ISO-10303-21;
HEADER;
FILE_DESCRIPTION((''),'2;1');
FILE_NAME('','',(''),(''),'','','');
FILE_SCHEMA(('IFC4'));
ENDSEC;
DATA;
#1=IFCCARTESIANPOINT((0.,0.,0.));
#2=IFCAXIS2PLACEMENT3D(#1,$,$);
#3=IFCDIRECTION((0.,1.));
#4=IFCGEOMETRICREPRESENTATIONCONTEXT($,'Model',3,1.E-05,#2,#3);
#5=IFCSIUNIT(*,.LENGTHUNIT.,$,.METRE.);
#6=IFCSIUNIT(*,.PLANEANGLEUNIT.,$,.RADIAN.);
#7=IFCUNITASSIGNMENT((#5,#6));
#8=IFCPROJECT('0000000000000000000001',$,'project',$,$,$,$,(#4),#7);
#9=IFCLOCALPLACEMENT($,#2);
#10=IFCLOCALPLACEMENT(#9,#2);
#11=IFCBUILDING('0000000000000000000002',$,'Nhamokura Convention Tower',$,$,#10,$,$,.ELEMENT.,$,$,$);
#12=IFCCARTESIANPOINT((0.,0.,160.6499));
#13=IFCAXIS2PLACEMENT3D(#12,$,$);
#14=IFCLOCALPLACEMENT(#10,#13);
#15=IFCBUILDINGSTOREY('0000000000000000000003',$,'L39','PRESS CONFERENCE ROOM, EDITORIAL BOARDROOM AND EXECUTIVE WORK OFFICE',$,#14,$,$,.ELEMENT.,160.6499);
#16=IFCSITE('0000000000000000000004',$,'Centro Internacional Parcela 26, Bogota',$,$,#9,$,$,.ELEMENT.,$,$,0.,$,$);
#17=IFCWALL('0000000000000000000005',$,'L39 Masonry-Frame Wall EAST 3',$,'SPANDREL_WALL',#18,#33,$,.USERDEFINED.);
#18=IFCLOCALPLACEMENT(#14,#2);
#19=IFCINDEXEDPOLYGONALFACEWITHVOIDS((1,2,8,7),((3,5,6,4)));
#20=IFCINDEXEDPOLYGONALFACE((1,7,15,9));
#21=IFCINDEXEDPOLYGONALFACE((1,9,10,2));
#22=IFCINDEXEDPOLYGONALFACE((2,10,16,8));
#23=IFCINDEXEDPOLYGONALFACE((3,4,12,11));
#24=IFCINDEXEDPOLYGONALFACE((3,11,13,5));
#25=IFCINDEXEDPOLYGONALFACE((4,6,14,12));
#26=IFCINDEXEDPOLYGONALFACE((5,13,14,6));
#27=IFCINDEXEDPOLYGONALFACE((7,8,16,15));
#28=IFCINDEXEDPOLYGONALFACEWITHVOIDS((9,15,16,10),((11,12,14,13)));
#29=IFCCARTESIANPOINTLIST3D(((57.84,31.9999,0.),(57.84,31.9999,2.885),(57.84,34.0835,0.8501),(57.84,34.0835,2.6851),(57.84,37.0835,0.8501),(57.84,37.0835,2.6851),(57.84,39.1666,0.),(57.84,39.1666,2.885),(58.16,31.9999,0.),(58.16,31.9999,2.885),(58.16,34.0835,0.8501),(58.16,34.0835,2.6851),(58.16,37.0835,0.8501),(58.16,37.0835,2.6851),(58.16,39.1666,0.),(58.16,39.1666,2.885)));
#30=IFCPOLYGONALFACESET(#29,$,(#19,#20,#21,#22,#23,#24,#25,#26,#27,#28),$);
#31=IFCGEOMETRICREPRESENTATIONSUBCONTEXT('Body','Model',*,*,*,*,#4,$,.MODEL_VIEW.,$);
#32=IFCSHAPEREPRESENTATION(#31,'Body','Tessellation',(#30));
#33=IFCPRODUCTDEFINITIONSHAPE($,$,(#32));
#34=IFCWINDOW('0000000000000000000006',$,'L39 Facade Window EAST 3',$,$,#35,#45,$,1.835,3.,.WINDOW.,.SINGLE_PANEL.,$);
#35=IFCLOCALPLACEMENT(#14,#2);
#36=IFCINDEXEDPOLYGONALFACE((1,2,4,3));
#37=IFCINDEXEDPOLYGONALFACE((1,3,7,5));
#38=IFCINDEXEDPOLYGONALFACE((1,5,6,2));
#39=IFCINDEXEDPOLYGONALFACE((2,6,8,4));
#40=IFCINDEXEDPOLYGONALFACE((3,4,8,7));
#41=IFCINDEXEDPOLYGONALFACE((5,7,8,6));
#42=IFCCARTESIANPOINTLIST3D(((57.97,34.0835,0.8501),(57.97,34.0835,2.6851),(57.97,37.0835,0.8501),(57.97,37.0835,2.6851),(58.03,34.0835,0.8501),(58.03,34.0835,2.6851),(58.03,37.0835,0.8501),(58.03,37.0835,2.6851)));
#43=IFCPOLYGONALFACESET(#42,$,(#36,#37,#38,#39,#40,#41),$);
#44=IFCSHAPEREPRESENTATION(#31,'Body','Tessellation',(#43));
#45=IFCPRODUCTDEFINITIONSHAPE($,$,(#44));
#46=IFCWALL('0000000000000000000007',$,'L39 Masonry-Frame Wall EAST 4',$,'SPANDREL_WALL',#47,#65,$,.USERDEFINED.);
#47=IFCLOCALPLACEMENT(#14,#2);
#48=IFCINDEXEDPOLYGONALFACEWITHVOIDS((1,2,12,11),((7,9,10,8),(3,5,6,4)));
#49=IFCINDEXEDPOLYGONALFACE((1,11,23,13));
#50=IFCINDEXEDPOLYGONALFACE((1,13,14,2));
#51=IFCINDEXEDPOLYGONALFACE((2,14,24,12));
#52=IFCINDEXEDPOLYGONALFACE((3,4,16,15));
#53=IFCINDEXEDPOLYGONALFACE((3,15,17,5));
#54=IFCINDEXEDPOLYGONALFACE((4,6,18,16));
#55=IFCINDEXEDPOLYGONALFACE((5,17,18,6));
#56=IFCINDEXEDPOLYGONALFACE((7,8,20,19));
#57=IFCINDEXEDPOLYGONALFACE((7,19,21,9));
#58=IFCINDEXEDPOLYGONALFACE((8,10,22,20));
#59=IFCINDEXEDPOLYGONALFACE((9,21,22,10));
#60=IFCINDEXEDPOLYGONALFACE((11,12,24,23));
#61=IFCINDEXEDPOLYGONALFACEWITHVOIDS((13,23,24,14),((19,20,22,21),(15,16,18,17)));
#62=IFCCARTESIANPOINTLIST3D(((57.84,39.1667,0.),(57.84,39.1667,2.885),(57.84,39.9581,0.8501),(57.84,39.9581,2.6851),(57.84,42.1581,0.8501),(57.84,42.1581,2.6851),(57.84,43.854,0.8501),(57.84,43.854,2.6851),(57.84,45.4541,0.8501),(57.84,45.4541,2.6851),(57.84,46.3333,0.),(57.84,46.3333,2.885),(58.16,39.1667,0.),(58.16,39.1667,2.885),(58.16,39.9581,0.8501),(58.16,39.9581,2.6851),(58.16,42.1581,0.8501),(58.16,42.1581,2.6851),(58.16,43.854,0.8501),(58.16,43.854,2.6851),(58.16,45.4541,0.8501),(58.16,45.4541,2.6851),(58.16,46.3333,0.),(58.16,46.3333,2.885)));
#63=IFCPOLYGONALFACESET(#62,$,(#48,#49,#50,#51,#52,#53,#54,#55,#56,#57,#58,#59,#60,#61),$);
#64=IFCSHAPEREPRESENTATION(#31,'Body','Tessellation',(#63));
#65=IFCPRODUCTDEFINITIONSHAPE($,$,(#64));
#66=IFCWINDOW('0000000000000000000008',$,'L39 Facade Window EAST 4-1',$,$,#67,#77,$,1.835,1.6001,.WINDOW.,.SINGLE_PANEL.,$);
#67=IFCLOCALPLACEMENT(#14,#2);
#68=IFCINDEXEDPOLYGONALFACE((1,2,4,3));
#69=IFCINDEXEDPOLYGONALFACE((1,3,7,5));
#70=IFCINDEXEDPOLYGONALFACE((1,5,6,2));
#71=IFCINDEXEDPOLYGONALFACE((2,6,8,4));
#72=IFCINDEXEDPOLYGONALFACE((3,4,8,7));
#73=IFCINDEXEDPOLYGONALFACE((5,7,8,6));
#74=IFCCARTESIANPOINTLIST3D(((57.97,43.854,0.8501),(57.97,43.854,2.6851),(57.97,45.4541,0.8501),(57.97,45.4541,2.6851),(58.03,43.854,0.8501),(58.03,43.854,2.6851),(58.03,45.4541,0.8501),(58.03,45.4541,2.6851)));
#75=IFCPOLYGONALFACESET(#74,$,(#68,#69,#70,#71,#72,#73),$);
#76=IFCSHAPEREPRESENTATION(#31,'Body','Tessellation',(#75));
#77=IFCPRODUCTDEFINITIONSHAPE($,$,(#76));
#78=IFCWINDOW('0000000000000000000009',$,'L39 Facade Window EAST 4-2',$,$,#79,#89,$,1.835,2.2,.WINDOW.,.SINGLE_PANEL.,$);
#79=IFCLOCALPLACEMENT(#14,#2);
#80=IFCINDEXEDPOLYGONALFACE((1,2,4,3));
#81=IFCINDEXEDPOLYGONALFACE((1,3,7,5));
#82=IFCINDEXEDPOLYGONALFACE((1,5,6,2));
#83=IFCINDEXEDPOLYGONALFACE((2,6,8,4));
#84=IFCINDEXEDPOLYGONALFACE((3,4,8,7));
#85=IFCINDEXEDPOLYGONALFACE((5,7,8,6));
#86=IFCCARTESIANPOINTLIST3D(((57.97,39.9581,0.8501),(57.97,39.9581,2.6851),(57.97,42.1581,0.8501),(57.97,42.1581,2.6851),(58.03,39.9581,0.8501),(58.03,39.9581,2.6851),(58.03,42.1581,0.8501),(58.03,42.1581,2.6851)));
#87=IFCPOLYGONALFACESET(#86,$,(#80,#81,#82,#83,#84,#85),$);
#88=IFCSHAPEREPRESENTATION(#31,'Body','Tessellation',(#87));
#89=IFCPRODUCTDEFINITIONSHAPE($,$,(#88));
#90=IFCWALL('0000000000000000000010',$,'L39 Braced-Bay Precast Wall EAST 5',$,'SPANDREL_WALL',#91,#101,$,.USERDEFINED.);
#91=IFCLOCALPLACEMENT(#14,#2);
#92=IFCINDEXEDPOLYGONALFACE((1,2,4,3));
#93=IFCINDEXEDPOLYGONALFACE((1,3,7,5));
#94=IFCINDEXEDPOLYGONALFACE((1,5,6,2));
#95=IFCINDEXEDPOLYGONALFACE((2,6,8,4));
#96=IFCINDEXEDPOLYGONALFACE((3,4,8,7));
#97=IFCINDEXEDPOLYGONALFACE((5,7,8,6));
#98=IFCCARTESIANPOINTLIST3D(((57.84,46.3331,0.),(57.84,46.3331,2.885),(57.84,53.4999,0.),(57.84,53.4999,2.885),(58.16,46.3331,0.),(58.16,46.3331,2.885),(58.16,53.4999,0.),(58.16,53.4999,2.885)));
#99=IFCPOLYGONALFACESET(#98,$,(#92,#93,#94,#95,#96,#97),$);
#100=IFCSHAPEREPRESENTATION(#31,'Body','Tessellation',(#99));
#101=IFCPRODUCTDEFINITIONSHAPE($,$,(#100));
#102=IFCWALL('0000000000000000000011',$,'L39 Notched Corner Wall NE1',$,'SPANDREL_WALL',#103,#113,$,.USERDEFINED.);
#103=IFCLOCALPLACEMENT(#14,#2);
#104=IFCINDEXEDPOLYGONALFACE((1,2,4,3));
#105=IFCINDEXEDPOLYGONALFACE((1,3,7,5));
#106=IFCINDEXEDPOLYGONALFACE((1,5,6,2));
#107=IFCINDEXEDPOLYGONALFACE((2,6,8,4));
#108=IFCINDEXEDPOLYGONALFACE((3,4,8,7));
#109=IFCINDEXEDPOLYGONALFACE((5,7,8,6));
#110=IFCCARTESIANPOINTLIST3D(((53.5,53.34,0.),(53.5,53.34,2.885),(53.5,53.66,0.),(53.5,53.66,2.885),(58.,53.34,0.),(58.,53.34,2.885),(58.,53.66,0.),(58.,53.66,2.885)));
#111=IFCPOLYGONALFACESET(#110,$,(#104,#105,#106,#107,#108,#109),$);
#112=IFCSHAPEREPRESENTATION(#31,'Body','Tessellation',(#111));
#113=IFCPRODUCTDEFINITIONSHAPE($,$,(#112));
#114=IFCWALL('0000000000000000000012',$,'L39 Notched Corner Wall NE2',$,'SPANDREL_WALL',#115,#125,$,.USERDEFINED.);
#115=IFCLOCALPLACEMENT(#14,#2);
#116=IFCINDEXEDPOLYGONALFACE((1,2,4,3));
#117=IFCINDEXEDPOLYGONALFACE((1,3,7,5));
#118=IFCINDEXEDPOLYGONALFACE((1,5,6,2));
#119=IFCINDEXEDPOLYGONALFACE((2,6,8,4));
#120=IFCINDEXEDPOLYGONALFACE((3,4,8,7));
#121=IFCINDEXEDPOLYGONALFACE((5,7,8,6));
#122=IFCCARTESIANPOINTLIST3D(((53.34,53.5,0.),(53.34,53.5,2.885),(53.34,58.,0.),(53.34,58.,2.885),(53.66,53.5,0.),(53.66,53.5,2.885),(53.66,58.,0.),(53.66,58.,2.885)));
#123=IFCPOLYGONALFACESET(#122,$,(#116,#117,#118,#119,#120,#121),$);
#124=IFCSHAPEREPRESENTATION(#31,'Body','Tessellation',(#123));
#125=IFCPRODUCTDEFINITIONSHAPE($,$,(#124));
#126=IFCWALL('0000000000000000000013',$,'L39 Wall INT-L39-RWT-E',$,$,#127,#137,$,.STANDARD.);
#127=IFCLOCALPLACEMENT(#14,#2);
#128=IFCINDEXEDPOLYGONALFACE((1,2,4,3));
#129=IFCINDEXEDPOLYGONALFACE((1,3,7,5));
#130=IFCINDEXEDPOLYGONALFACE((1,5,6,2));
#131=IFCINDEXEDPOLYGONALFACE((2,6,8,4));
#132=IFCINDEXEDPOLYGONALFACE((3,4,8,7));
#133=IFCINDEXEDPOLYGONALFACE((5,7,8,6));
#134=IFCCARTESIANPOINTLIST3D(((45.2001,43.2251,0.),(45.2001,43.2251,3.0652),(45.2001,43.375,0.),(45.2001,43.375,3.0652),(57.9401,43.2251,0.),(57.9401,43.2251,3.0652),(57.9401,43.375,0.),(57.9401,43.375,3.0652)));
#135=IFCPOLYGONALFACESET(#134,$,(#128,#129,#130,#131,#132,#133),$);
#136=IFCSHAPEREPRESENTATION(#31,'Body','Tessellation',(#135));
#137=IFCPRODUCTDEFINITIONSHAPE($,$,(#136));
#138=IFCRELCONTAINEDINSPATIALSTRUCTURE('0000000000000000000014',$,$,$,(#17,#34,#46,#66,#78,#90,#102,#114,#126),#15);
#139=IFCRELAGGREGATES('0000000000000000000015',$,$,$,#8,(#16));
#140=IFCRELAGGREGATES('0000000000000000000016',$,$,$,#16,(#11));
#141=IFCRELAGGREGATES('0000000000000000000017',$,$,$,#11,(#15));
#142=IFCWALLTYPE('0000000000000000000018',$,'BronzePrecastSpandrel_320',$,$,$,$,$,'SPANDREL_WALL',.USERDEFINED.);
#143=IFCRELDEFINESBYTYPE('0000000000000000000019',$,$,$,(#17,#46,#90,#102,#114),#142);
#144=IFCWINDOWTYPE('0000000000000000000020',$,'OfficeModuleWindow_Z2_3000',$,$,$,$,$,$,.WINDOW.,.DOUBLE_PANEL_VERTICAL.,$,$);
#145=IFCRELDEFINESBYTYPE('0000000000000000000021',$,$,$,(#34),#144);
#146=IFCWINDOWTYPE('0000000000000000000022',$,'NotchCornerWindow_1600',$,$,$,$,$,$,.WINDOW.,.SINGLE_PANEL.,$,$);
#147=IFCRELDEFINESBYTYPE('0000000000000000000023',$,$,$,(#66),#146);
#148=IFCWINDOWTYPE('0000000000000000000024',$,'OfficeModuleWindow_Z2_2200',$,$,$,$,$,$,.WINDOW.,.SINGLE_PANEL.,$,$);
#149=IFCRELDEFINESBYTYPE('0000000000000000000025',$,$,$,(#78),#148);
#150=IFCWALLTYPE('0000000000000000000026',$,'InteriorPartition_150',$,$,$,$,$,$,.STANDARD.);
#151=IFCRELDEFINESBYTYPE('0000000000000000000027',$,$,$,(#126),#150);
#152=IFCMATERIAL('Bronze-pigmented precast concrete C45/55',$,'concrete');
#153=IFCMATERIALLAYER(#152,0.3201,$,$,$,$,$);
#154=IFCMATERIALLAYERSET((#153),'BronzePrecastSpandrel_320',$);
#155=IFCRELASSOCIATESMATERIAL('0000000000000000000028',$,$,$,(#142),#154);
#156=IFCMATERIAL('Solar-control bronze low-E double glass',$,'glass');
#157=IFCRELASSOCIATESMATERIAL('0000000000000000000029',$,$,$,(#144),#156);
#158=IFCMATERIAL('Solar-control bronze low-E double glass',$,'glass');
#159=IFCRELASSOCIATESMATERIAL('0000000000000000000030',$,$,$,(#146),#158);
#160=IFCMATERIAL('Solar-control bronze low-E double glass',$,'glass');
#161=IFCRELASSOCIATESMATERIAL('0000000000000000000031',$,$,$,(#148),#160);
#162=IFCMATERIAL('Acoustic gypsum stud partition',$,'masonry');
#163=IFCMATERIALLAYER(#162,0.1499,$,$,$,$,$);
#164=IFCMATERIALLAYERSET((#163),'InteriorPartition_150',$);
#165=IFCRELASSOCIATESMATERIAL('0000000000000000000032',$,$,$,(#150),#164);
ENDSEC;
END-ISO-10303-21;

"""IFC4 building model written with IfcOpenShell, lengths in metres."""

from ifc_helpers import new_model, si_unit, direction, frame, frame_2d, origin, place, context, subcontext, project, spatial, rectangle, extrude, material, layer, layer_set, type_object, element, fill, save


model = new_model("IFC4")

# Units and contexts
model_context = context("Model", 3, precision=1e-05, world=origin(), true_north=direction((0.0, 1.0)))
body_context = subcontext(model_context, "Body", "Model", "MODEL_VIEW")
ifc_project = project(units=[si_unit("LENGTHUNIT", "METRE"), si_unit("PLANEANGLEUNIT", "RADIAN")], contexts=[model_context])

# Site, building, storey
site_placement = place(None, origin())
site = spatial("IfcSite", under=ifc_project, at=site_placement, Name="Centro Internacional Parcela 26, Bogota", CompositionType="ELEMENT", RefElevation=0.0)
building_placement = place(site_placement, origin())
building = spatial("IfcBuilding", under=site, at=building_placement, Name="Nhamokura Convention Tower", CompositionType="ELEMENT")
storey_placement = place(building_placement, frame((0.0, 0.0, 160.6499)))
storey = spatial("IfcBuildingStorey", under=building, at=storey_placement, Name="L39", Description="PRESS CONFERENCE ROOM, EDITORIAL BOARDROOM AND EXECUTIVE WORK OFFICE", CompositionType="ELEMENT", Elevation=160.6499)

# Shared definitions
ifc_material_1 = material(Name="Bronze-pigmented precast concrete C45/55", Category="concrete")
ifc_layer_1 = layer(ifc_material_1, 0.3201)
ifc_layer_set_1 = layer_set([ifc_layer_1], Name="BronzePrecastSpandrel_320")
wall_type_1 = type_object("IfcWallType", Name="BronzePrecastSpandrel_320", ElementType="SPANDREL_WALL", PredefinedType="USERDEFINED", material=ifc_layer_set_1)

# Wall, opening, window
ifc_material_2 = material(Name="Solar-control bronze low-E double glass", Category="glass")
window_type_1 = type_object("IfcWindowType", Name="OfficeModuleWindow_Z2_3000", PartitioningType="DOUBLE_PANEL_VERTICAL", PredefinedType="WINDOW", material=ifc_material_2)
wall_1_placement = place(storey_placement, frame((58.0, 39.1667, 0.0), z_axis=(0.0, 0.0, 1.0), x_axis=(0.0, -1.0, 0.0)))
wall_1 = element("IfcWall", 1, at=wall_1_placement, inside=storey, type_object=wall_type_1, Name="L39 Masonry-Frame Wall EAST 3", ObjectType="SPANDREL_WALL", PredefinedType="USERDEFINED", context=body_context, shape_type="SweptSolid", body=[
    extrude(rectangle(XDim=7.1667, YDim=0.3201, at=frame_2d((3.5835, 0.0))), origin(), (0.0, 0.0, 1.0), 2.885),
])
opening_1_placement = place(wall_1_placement, frame((2.0833, 0.0, 0.8501)))
opening_1 = element("IfcOpeningElement", 2, at=opening_1_placement, cuts=wall_1, PredefinedType="OPENING", context=body_context, shape_type="SweptSolid", body=[
    extrude(rectangle(XDim=3.0, YDim=1.835, at=frame_2d((1.5, 0.9175))), frame((0.0, 0.1699, 0.0), z_axis=(0.0, -1.0, 0.0), x_axis=(1.0, 0.0, 0.0)), (0.0, 0.0, 1.0), 0.3401),
])
window_1_placement = place(opening_1_placement, origin())
window_1 = element("IfcWindow", 3, at=window_1_placement, inside=storey, type_object=window_type_1, Name="L39 Facade Window EAST 3", OverallHeight=1.835, OverallWidth=3.0, PartitioningType="SINGLE_PANEL", PredefinedType="WINDOW", context=body_context, shape_type="SweptSolid", body=[
    extrude(rectangle(XDim=3.0, YDim=1.835, at=frame_2d((1.5, 0.9175))), frame((0.0, 0.03, 0.0), z_axis=(0.0, -1.0, 0.0), x_axis=(1.0, 0.0, 0.0)), (0.0, 0.0, 1.0), 0.0601),
])
fill(opening_1, window_1)

# Wall, openings, windows
wall_2_placement = place(storey_placement, frame((58.0, 46.3333, 0.0), z_axis=(0.0, 0.0, 1.0), x_axis=(0.0, -1.0, 0.0)))
wall_2 = element("IfcWall", 4, at=wall_2_placement, inside=storey, type_object=wall_type_1, Name="L39 Masonry-Frame Wall EAST 4", ObjectType="SPANDREL_WALL", PredefinedType="USERDEFINED", context=body_context, shape_type="SweptSolid", body=[
    extrude(rectangle(XDim=7.1665, YDim=0.3201, at=frame_2d((3.5833, 0.0))), origin(), (0.0, 0.0, 1.0), 2.885),
])
opening_2_placement = place(wall_2_placement, frame((0.8792, 0.0, 0.8501)))
opening_2 = element("IfcOpeningElement", 5, at=opening_2_placement, cuts=wall_2, PredefinedType="OPENING", context=body_context, shape_type="SweptSolid", body=[
    extrude(rectangle(XDim=1.6001, YDim=1.835, at=frame_2d((0.8, 0.9175))), frame((0.0, 0.1699, 0.0), z_axis=(0.0, -1.0, 0.0), x_axis=(1.0, 0.0, 0.0)), (0.0, 0.0, 1.0), 0.3401),
])
opening_3_placement = place(wall_2_placement, frame((4.175, 0.0, 0.8501)))
opening_3 = element("IfcOpeningElement", 6, at=opening_3_placement, cuts=wall_2, PredefinedType="OPENING", context=body_context, shape_type="SweptSolid", body=[
    extrude(rectangle(XDim=2.2, YDim=1.835, at=frame_2d((1.1001, 0.9175))), frame((0.0, 0.1699, 0.0), z_axis=(0.0, -1.0, 0.0), x_axis=(1.0, 0.0, 0.0)), (0.0, 0.0, 1.0), 0.3401),
])
ifc_material_3 = material(Name="Solar-control bronze low-E double glass", Category="glass")
window_type_2 = type_object("IfcWindowType", Name="NotchCornerWindow_1600", PartitioningType="SINGLE_PANEL", PredefinedType="WINDOW", material=ifc_material_3)
window_2_placement = place(opening_2_placement, origin())
window_2 = element("IfcWindow", 7, at=window_2_placement, inside=storey, type_object=window_type_2, Name="L39 Facade Window EAST 4-1", OverallHeight=1.835, OverallWidth=1.6001, PartitioningType="SINGLE_PANEL", PredefinedType="WINDOW", context=body_context, shape_type="SweptSolid", body=[
    extrude(rectangle(XDim=1.6001, YDim=1.835, at=frame_2d((0.8, 0.9175))), frame((0.0, 0.03, 0.0), z_axis=(0.0, -1.0, 0.0), x_axis=(1.0, 0.0, 0.0)), (0.0, 0.0, 1.0), 0.0601),
])
fill(opening_2, window_2)
ifc_material_4 = material(Name="Solar-control bronze low-E double glass", Category="glass")
window_type_3 = type_object("IfcWindowType", Name="OfficeModuleWindow_Z2_2200", PartitioningType="SINGLE_PANEL", PredefinedType="WINDOW", material=ifc_material_4)
window_3_placement = place(opening_3_placement, origin())
window_3 = element("IfcWindow", 8, at=window_3_placement, inside=storey, type_object=window_type_3, Name="L39 Facade Window EAST 4-2", OverallHeight=1.835, OverallWidth=2.2, PartitioningType="SINGLE_PANEL", PredefinedType="WINDOW", context=body_context, shape_type="SweptSolid", body=[
    extrude(rectangle(XDim=2.2, YDim=1.835, at=frame_2d((1.1001, 0.9175))), frame((0.0, 0.03, 0.0), z_axis=(0.0, -1.0, 0.0), x_axis=(1.0, 0.0, 0.0)), (0.0, 0.0, 1.0), 0.0601),
])
fill(opening_3, window_3)

# Walls
wall_3_placement = place(storey_placement, frame((58.0, 53.5, 0.0), z_axis=(0.0, 0.0, 1.0), x_axis=(0.0, -1.0, 0.0)))
element("IfcWall", 9, at=wall_3_placement, inside=storey, type_object=wall_type_1, Name="L39 Braced-Bay Precast Wall EAST 5", ObjectType="SPANDREL_WALL", PredefinedType="USERDEFINED", context=body_context, shape_type="SweptSolid", body=[
    extrude(rectangle(XDim=7.1667, YDim=0.3201, at=frame_2d((3.5835, 0.0))), origin(), (0.0, 0.0, 1.0), 2.885),
])
for number, where, z_axis, x_axis, name in (
    (10, (53.5, 53.5, 0.0), (0.0, 0.0, 1.0), (1.0, 0.0, 0.0), "L39 Notched Corner Wall NE1"),
    (11, (53.5, 58.0, 0.0), (0.0, 0.0, 1.0), (0.0, -1.0, 0.0), "L39 Notched Corner Wall NE2"),
):
    element("IfcWall", number, at=place(storey_placement, frame(where, z_axis=z_axis, x_axis=x_axis)), inside=storey, type_object=wall_type_1, Name=name, ObjectType="SPANDREL_WALL", PredefinedType="USERDEFINED", context=body_context, shape_type="SweptSolid", body=[
        extrude(rectangle(XDim=4.5, YDim=0.3201, at=frame_2d((2.25, 0.0))), origin(), (0.0, 0.0, 1.0), 2.885),
    ])
ifc_material_5 = material(Name="Acoustic gypsum stud partition", Category="masonry")
ifc_layer_2 = layer(ifc_material_5, 0.1499)
ifc_layer_set_2 = layer_set([ifc_layer_2], Name="InteriorPartition_150")
wall_type_2 = type_object("IfcWallType", Name="InteriorPartition_150", PredefinedType="STANDARD", material=ifc_layer_set_2)
wall_4_placement = place(storey_placement, frame((45.2, 43.3, 0.0), z_axis=(0.0, 0.0, 1.0), x_axis=(1.0, 0.0, 0.0)))
element("IfcWall", 12, at=wall_4_placement, inside=storey, type_object=wall_type_2, Name="L39 Wall INT-L39-RWT-E", PredefinedType="STANDARD", context=body_context, shape_type="SweptSolid", body=[
    extrude(rectangle(XDim=12.74, YDim=0.1499, at=frame_2d((6.3701, 0.0))), origin(), (0.0, 0.0, 1.0), 3.0652),
])

save(model, "model.ifc")
